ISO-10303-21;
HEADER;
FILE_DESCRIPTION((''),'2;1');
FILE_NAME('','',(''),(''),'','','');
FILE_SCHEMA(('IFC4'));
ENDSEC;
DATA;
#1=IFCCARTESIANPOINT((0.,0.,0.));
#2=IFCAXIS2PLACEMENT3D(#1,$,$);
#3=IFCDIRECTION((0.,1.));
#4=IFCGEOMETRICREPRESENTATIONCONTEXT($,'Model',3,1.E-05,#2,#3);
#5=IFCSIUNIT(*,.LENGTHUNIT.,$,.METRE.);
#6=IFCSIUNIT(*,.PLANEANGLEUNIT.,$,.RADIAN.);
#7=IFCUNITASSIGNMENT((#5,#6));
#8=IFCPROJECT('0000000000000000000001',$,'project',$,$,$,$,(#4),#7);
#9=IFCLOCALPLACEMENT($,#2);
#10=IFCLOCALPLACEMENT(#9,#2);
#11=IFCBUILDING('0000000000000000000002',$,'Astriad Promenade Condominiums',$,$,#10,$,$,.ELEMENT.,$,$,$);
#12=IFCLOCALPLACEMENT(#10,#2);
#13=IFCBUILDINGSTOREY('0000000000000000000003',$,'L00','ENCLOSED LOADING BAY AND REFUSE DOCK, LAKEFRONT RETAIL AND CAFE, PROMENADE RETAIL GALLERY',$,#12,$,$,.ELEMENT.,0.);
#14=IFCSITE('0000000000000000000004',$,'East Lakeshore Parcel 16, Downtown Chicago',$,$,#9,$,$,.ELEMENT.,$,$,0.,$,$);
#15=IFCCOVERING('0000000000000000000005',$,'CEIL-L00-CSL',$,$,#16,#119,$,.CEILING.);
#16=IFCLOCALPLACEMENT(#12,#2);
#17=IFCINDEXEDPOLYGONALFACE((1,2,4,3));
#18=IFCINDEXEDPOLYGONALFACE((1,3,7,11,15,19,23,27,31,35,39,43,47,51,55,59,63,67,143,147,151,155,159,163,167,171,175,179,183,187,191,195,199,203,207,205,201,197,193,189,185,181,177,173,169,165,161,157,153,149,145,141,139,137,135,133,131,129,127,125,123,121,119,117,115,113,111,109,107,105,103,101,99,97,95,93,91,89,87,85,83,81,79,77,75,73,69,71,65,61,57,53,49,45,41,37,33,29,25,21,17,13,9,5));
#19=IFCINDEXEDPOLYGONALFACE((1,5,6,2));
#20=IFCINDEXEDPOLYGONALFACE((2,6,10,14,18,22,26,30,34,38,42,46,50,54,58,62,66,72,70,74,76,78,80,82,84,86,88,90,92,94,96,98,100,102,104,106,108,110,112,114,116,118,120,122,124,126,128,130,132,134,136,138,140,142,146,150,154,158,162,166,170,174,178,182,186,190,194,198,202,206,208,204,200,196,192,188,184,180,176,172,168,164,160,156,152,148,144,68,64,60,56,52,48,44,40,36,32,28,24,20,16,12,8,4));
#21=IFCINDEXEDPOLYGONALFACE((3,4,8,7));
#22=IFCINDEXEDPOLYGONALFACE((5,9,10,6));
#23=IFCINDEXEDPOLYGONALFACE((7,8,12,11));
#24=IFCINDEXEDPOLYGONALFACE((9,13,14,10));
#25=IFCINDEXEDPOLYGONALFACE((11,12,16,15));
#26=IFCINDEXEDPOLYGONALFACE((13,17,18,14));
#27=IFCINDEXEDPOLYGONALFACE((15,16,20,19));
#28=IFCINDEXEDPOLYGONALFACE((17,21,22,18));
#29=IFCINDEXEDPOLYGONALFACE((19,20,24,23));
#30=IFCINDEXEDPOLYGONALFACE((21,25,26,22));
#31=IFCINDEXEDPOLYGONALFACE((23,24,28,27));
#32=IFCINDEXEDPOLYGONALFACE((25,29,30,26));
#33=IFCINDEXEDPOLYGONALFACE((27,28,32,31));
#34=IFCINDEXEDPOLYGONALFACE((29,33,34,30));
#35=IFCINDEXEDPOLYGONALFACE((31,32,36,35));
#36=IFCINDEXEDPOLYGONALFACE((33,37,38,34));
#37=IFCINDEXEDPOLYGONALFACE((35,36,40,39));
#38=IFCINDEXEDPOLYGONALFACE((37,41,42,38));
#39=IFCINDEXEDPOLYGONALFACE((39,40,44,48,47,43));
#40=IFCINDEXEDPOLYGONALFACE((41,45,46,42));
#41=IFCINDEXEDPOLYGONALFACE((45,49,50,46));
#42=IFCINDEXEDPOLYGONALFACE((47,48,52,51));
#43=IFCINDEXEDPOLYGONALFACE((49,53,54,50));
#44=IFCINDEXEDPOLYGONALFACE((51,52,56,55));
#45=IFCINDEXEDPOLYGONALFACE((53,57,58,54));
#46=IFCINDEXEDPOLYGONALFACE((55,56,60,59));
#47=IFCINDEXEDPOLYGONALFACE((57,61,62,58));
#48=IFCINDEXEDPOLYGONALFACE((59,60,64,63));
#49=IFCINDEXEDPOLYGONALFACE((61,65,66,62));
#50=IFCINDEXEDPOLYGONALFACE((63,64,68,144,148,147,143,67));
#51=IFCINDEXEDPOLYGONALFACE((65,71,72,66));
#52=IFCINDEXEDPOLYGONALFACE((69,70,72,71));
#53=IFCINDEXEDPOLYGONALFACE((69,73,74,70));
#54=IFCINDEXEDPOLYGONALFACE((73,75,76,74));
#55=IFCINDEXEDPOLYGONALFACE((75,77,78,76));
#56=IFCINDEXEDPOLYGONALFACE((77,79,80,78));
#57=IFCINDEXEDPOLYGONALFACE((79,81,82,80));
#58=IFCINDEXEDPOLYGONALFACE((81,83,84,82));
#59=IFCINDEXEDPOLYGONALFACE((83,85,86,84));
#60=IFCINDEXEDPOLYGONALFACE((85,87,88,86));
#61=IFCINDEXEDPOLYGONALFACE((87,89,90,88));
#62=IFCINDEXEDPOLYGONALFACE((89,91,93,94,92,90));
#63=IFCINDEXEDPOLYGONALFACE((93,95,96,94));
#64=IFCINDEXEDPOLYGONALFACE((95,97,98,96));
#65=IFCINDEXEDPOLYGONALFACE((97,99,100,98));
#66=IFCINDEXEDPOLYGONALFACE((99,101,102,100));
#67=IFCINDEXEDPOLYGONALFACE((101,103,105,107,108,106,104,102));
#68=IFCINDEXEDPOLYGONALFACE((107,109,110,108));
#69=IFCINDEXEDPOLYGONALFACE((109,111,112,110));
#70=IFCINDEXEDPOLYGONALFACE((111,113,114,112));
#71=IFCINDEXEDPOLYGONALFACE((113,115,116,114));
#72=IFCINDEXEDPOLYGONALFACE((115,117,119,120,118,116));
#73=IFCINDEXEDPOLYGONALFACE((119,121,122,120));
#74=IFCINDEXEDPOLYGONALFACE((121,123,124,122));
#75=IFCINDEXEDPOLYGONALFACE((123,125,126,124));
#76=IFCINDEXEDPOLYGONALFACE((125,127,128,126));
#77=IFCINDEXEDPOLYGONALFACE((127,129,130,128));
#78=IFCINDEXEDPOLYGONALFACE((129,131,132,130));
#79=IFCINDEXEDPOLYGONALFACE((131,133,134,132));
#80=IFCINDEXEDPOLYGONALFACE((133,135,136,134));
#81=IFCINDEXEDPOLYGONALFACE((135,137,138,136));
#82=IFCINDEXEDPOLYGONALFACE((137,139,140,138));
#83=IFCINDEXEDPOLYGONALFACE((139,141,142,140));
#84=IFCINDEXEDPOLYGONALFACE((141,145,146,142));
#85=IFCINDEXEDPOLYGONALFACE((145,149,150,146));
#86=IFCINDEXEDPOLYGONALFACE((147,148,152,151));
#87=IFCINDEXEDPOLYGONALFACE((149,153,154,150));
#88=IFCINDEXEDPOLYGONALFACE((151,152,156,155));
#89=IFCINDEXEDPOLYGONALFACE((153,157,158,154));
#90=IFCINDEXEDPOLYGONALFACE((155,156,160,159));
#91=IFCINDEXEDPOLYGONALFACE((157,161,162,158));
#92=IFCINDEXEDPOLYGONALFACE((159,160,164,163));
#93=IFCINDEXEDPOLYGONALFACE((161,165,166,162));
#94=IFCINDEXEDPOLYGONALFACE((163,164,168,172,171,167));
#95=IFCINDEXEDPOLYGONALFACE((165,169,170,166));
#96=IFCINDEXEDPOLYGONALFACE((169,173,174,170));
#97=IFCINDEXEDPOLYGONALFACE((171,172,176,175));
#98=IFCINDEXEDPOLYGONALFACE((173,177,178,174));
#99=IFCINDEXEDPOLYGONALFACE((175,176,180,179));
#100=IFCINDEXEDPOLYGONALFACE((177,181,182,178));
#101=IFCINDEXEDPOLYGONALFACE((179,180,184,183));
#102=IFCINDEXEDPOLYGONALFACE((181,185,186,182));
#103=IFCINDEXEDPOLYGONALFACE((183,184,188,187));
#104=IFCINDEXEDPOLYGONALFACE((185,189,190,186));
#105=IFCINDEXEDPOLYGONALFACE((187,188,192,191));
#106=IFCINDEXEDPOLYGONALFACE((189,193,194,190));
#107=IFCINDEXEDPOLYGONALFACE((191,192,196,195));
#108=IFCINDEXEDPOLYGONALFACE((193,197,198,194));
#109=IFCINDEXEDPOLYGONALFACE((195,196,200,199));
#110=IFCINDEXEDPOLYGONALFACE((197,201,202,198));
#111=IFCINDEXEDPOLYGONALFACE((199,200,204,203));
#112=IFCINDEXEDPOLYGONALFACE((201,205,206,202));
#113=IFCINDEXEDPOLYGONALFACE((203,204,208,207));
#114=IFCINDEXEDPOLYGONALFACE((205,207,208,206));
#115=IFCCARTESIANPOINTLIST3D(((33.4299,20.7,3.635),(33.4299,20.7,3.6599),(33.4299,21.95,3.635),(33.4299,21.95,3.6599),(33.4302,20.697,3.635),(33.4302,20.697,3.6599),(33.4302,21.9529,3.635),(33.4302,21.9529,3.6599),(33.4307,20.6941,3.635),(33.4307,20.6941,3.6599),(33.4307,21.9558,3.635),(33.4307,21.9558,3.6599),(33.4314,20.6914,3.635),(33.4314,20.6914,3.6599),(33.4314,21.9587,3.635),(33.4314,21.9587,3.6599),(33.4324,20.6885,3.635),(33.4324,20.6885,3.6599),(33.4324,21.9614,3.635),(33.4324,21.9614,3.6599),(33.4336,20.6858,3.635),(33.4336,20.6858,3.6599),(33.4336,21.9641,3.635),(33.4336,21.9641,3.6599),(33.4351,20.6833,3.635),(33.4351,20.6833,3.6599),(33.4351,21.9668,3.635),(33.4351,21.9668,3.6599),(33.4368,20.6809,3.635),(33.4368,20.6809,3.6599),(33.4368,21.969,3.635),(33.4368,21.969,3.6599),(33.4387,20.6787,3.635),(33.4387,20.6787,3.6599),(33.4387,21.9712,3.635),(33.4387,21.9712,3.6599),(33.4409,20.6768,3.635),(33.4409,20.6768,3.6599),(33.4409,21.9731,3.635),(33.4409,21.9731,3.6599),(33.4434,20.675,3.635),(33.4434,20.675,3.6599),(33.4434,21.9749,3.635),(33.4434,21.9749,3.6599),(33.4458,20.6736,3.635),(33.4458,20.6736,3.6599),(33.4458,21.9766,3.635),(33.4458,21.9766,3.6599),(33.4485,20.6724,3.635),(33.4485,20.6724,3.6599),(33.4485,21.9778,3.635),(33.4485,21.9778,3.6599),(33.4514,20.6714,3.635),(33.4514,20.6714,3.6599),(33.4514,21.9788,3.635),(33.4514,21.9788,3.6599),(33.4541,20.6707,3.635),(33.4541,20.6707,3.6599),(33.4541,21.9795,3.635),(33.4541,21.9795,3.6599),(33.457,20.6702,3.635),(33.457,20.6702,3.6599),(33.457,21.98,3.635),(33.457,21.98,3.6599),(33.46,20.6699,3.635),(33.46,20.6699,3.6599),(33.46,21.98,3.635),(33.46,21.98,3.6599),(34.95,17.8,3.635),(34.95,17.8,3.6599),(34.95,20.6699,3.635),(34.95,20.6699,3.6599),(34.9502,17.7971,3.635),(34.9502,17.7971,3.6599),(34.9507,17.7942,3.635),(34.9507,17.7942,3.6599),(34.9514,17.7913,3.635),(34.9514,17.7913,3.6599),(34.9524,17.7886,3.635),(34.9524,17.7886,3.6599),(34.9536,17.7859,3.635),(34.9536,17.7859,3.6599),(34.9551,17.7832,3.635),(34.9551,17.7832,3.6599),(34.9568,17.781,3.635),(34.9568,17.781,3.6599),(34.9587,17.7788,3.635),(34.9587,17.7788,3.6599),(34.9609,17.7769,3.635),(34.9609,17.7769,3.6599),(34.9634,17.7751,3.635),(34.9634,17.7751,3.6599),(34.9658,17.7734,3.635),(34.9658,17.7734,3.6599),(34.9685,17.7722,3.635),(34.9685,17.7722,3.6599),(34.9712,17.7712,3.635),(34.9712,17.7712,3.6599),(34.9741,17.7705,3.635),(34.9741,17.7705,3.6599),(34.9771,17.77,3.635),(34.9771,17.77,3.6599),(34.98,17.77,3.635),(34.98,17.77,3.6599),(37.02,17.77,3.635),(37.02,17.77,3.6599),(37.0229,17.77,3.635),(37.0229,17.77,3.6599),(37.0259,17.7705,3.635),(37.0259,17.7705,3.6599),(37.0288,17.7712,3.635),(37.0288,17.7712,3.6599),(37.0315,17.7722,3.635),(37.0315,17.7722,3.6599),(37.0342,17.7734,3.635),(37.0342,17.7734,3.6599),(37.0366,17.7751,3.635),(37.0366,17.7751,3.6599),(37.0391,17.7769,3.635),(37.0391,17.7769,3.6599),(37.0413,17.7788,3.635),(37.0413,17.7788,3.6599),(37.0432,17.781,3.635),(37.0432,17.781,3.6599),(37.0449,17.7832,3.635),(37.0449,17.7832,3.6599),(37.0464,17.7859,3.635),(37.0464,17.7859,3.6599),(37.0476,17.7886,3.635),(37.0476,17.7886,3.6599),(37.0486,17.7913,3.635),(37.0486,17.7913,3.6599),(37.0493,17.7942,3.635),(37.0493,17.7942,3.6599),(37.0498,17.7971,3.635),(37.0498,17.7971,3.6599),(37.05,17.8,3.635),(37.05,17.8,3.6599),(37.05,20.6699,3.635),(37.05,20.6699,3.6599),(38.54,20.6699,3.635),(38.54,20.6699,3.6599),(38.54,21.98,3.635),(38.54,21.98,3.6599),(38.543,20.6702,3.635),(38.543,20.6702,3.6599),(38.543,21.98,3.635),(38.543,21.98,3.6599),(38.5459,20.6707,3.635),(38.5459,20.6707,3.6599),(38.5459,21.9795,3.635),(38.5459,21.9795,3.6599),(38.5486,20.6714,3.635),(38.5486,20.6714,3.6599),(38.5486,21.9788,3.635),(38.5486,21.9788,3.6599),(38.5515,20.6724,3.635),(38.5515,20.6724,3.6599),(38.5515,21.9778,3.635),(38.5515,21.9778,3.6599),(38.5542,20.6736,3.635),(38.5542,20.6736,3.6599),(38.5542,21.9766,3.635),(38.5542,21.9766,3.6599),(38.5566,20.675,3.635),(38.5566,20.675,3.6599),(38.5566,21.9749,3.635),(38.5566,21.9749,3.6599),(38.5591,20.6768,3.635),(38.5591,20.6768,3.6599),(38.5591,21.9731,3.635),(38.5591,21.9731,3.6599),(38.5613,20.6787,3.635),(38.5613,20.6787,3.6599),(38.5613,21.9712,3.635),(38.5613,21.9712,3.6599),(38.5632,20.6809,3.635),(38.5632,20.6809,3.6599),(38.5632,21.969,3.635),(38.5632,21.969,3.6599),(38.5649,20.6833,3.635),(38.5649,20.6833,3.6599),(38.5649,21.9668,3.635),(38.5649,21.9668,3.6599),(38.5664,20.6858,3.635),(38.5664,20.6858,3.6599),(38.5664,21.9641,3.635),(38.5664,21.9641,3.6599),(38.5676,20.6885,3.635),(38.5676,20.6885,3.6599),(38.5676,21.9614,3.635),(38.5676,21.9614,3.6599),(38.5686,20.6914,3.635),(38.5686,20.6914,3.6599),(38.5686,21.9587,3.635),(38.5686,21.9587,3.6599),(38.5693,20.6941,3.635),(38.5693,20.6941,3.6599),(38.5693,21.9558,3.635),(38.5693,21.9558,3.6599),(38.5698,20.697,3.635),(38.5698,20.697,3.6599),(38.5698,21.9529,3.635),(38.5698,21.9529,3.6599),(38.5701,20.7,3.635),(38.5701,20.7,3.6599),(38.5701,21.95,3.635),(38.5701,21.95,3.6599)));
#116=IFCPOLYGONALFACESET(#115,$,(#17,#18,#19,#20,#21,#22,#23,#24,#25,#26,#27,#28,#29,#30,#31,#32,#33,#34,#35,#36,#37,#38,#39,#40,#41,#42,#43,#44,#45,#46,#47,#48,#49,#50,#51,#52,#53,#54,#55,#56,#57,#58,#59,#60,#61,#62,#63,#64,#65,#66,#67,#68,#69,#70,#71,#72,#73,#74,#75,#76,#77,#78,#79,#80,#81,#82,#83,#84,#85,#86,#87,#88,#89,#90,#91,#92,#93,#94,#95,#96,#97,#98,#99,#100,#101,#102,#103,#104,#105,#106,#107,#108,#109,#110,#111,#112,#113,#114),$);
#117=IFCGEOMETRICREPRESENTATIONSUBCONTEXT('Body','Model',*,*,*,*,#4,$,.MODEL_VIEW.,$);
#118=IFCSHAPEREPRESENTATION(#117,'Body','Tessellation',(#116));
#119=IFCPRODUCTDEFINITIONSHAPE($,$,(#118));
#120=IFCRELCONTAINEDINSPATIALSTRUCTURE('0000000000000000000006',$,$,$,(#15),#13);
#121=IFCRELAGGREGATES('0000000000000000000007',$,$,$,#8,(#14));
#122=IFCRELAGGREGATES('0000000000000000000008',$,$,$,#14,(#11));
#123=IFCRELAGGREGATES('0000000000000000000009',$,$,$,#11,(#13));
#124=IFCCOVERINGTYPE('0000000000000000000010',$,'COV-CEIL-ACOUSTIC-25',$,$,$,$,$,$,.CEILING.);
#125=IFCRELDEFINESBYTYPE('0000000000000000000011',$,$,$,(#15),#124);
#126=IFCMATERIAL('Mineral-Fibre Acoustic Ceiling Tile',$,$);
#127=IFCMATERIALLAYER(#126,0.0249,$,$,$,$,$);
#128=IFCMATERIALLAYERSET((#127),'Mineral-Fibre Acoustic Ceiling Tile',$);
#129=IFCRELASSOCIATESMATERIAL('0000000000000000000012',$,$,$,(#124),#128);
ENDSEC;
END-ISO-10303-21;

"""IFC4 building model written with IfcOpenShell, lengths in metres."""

from ifc_helpers import new_model, si_unit, direction, frame, origin, place, context, subcontext, project, spatial, polyline, outline, extrude, material, layer, layer_set, type_object, element, save


model = new_model("IFC4")

# Units and contexts
model_context = context("Model", 3, precision=1e-05, world=origin(), true_north=direction((0.0, 1.0)))
body_context = subcontext(model_context, "Body", "Model", "MODEL_VIEW")
ifc_project = project(units=[si_unit("LENGTHUNIT", "METRE"), si_unit("PLANEANGLEUNIT", "RADIAN")], contexts=[model_context])

# Site, building, storey
site_placement = place(None, origin())
site = spatial("IfcSite", under=ifc_project, at=site_placement, Name="East Lakeshore Parcel 16, Downtown Chicago", CompositionType="ELEMENT", RefElevation=0.0)
building_placement = place(site_placement, origin())
building = spatial("IfcBuilding", under=site, at=building_placement, Name="Astriad Promenade Condominiums", CompositionType="ELEMENT")
storey_placement = place(building_placement, origin())
storey = spatial("IfcBuildingStorey", under=building, at=storey_placement, Name="L00", Description="ENCLOSED LOADING BAY AND REFUSE DOCK, LAKEFRONT RETAIL AND CAFE, PROMENADE RETAIL GALLERY", CompositionType="ELEMENT", Elevation=0.0)

# Covering
ifc_material_1 = material(Name="Mineral-Fibre Acoustic Ceiling Tile")
ifc_layer_1 = layer(ifc_material_1, 0.0249)
ifc_layer_set_1 = layer_set([ifc_layer_1], Name="Mineral-Fibre Acoustic Ceiling Tile")
covering_type_1 = type_object("IfcCoveringType", Name="COV-CEIL-ACOUSTIC-25", PredefinedType="CEILING", material=ifc_layer_set_1)
covering_1_placement = place(storey_placement, frame((0.0, 0.0, 3.635)))
element("IfcCovering", 1, at=covering_1_placement, inside=storey, type_object=covering_type_1, Name="CEIL-L00-CSL", PredefinedType="CEILING", context=body_context, shape_type="SweptSolid", body=[
    extrude(outline(polyline([(37.05, 17.8), (37.0498, 17.7971), (37.0493, 17.7942), (37.0486, 17.7913), (37.0476, 17.7886), (37.0464, 17.7859), (37.0449, 17.7832), (37.0432, 17.781), (37.0413, 17.7788), (37.0391, 17.7769), (37.0366, 17.7751), (37.0342, 17.7734), (37.0315, 17.7722), (37.0288, 17.7712), (37.0259, 17.7705), (37.0229, 17.77), (37.02, 17.77), (34.98, 17.77), (34.9771, 17.77), (34.9741, 17.7705), (34.9712, 17.7712), (34.9685, 17.7722), (34.9658, 17.7734), (34.9634, 17.7751), (34.9609, 17.7769), (34.9587, 17.7788), (34.9568, 17.781), (34.9551, 17.7832), (34.9536, 17.7859), (34.9524, 17.7886), (34.9514, 17.7913), (34.9507, 17.7942), (34.9502, 17.7971), (34.95, 17.8), (34.95, 20.6699), (33.46, 20.6699), (33.457, 20.6702), (33.4541, 20.6707), (33.4514, 20.6714), (33.4485, 20.6724), (33.4458, 20.6736), (33.4434, 20.675), (33.4409, 20.6768), (33.4387, 20.6787), (33.4368, 20.6809), (33.4351, 20.6833), (33.4336, 20.6858), (33.4324, 20.6885), (33.4314, 20.6914), (33.4307, 20.6941), (33.4302, 20.697), (33.4299, 20.7), (33.4299, 21.95), (33.4302, 21.9529), (33.4307, 21.9558), (33.4314, 21.9587), (33.4324, 21.9614), (33.4336, 21.9641), (33.4351, 21.9668), (33.4368, 21.969), (33.4387, 21.9712), (33.4409, 21.9731), (33.4434, 21.9749), (33.4458, 21.9766), (33.4485, 21.9778), (33.4514, 21.9788), (33.4541, 21.9795), (33.457, 21.98), (33.46, 21.98), (38.54, 21.98), (38.543, 21.98), (38.5459, 21.9795), (38.5486, 21.9788), (38.5515, 21.9778), (38.5542, 21.9766), (38.5566, 21.9749), (38.5591, 21.9731), (38.5613, 21.9712), (38.5632, 21.969), (38.5649, 21.9668), (38.5664, 21.9641), (38.5676, 21.9614), (38.5686, 21.9587), (38.5693, 21.9558), (38.5698, 21.9529), (38.5701, 21.95), (38.5701, 20.7), (38.5698, 20.697), (38.5693, 20.6941), (38.5686, 20.6914), (38.5676, 20.6885), (38.5664, 20.6858), (38.5649, 20.6833), (38.5632, 20.6809), (38.5613, 20.6787), (38.5591, 20.6768), (38.5566, 20.675), (38.5542, 20.6736), (38.5515, 20.6724), (38.5486, 20.6714), (38.5459, 20.6707), (38.543, 20.6702), (38.54, 20.6699), (37.05, 20.6699), (37.05, 17.8)])), origin(), (0.0, 0.0, 1.0), 0.0249),
])

save(model, "model.ifc")
